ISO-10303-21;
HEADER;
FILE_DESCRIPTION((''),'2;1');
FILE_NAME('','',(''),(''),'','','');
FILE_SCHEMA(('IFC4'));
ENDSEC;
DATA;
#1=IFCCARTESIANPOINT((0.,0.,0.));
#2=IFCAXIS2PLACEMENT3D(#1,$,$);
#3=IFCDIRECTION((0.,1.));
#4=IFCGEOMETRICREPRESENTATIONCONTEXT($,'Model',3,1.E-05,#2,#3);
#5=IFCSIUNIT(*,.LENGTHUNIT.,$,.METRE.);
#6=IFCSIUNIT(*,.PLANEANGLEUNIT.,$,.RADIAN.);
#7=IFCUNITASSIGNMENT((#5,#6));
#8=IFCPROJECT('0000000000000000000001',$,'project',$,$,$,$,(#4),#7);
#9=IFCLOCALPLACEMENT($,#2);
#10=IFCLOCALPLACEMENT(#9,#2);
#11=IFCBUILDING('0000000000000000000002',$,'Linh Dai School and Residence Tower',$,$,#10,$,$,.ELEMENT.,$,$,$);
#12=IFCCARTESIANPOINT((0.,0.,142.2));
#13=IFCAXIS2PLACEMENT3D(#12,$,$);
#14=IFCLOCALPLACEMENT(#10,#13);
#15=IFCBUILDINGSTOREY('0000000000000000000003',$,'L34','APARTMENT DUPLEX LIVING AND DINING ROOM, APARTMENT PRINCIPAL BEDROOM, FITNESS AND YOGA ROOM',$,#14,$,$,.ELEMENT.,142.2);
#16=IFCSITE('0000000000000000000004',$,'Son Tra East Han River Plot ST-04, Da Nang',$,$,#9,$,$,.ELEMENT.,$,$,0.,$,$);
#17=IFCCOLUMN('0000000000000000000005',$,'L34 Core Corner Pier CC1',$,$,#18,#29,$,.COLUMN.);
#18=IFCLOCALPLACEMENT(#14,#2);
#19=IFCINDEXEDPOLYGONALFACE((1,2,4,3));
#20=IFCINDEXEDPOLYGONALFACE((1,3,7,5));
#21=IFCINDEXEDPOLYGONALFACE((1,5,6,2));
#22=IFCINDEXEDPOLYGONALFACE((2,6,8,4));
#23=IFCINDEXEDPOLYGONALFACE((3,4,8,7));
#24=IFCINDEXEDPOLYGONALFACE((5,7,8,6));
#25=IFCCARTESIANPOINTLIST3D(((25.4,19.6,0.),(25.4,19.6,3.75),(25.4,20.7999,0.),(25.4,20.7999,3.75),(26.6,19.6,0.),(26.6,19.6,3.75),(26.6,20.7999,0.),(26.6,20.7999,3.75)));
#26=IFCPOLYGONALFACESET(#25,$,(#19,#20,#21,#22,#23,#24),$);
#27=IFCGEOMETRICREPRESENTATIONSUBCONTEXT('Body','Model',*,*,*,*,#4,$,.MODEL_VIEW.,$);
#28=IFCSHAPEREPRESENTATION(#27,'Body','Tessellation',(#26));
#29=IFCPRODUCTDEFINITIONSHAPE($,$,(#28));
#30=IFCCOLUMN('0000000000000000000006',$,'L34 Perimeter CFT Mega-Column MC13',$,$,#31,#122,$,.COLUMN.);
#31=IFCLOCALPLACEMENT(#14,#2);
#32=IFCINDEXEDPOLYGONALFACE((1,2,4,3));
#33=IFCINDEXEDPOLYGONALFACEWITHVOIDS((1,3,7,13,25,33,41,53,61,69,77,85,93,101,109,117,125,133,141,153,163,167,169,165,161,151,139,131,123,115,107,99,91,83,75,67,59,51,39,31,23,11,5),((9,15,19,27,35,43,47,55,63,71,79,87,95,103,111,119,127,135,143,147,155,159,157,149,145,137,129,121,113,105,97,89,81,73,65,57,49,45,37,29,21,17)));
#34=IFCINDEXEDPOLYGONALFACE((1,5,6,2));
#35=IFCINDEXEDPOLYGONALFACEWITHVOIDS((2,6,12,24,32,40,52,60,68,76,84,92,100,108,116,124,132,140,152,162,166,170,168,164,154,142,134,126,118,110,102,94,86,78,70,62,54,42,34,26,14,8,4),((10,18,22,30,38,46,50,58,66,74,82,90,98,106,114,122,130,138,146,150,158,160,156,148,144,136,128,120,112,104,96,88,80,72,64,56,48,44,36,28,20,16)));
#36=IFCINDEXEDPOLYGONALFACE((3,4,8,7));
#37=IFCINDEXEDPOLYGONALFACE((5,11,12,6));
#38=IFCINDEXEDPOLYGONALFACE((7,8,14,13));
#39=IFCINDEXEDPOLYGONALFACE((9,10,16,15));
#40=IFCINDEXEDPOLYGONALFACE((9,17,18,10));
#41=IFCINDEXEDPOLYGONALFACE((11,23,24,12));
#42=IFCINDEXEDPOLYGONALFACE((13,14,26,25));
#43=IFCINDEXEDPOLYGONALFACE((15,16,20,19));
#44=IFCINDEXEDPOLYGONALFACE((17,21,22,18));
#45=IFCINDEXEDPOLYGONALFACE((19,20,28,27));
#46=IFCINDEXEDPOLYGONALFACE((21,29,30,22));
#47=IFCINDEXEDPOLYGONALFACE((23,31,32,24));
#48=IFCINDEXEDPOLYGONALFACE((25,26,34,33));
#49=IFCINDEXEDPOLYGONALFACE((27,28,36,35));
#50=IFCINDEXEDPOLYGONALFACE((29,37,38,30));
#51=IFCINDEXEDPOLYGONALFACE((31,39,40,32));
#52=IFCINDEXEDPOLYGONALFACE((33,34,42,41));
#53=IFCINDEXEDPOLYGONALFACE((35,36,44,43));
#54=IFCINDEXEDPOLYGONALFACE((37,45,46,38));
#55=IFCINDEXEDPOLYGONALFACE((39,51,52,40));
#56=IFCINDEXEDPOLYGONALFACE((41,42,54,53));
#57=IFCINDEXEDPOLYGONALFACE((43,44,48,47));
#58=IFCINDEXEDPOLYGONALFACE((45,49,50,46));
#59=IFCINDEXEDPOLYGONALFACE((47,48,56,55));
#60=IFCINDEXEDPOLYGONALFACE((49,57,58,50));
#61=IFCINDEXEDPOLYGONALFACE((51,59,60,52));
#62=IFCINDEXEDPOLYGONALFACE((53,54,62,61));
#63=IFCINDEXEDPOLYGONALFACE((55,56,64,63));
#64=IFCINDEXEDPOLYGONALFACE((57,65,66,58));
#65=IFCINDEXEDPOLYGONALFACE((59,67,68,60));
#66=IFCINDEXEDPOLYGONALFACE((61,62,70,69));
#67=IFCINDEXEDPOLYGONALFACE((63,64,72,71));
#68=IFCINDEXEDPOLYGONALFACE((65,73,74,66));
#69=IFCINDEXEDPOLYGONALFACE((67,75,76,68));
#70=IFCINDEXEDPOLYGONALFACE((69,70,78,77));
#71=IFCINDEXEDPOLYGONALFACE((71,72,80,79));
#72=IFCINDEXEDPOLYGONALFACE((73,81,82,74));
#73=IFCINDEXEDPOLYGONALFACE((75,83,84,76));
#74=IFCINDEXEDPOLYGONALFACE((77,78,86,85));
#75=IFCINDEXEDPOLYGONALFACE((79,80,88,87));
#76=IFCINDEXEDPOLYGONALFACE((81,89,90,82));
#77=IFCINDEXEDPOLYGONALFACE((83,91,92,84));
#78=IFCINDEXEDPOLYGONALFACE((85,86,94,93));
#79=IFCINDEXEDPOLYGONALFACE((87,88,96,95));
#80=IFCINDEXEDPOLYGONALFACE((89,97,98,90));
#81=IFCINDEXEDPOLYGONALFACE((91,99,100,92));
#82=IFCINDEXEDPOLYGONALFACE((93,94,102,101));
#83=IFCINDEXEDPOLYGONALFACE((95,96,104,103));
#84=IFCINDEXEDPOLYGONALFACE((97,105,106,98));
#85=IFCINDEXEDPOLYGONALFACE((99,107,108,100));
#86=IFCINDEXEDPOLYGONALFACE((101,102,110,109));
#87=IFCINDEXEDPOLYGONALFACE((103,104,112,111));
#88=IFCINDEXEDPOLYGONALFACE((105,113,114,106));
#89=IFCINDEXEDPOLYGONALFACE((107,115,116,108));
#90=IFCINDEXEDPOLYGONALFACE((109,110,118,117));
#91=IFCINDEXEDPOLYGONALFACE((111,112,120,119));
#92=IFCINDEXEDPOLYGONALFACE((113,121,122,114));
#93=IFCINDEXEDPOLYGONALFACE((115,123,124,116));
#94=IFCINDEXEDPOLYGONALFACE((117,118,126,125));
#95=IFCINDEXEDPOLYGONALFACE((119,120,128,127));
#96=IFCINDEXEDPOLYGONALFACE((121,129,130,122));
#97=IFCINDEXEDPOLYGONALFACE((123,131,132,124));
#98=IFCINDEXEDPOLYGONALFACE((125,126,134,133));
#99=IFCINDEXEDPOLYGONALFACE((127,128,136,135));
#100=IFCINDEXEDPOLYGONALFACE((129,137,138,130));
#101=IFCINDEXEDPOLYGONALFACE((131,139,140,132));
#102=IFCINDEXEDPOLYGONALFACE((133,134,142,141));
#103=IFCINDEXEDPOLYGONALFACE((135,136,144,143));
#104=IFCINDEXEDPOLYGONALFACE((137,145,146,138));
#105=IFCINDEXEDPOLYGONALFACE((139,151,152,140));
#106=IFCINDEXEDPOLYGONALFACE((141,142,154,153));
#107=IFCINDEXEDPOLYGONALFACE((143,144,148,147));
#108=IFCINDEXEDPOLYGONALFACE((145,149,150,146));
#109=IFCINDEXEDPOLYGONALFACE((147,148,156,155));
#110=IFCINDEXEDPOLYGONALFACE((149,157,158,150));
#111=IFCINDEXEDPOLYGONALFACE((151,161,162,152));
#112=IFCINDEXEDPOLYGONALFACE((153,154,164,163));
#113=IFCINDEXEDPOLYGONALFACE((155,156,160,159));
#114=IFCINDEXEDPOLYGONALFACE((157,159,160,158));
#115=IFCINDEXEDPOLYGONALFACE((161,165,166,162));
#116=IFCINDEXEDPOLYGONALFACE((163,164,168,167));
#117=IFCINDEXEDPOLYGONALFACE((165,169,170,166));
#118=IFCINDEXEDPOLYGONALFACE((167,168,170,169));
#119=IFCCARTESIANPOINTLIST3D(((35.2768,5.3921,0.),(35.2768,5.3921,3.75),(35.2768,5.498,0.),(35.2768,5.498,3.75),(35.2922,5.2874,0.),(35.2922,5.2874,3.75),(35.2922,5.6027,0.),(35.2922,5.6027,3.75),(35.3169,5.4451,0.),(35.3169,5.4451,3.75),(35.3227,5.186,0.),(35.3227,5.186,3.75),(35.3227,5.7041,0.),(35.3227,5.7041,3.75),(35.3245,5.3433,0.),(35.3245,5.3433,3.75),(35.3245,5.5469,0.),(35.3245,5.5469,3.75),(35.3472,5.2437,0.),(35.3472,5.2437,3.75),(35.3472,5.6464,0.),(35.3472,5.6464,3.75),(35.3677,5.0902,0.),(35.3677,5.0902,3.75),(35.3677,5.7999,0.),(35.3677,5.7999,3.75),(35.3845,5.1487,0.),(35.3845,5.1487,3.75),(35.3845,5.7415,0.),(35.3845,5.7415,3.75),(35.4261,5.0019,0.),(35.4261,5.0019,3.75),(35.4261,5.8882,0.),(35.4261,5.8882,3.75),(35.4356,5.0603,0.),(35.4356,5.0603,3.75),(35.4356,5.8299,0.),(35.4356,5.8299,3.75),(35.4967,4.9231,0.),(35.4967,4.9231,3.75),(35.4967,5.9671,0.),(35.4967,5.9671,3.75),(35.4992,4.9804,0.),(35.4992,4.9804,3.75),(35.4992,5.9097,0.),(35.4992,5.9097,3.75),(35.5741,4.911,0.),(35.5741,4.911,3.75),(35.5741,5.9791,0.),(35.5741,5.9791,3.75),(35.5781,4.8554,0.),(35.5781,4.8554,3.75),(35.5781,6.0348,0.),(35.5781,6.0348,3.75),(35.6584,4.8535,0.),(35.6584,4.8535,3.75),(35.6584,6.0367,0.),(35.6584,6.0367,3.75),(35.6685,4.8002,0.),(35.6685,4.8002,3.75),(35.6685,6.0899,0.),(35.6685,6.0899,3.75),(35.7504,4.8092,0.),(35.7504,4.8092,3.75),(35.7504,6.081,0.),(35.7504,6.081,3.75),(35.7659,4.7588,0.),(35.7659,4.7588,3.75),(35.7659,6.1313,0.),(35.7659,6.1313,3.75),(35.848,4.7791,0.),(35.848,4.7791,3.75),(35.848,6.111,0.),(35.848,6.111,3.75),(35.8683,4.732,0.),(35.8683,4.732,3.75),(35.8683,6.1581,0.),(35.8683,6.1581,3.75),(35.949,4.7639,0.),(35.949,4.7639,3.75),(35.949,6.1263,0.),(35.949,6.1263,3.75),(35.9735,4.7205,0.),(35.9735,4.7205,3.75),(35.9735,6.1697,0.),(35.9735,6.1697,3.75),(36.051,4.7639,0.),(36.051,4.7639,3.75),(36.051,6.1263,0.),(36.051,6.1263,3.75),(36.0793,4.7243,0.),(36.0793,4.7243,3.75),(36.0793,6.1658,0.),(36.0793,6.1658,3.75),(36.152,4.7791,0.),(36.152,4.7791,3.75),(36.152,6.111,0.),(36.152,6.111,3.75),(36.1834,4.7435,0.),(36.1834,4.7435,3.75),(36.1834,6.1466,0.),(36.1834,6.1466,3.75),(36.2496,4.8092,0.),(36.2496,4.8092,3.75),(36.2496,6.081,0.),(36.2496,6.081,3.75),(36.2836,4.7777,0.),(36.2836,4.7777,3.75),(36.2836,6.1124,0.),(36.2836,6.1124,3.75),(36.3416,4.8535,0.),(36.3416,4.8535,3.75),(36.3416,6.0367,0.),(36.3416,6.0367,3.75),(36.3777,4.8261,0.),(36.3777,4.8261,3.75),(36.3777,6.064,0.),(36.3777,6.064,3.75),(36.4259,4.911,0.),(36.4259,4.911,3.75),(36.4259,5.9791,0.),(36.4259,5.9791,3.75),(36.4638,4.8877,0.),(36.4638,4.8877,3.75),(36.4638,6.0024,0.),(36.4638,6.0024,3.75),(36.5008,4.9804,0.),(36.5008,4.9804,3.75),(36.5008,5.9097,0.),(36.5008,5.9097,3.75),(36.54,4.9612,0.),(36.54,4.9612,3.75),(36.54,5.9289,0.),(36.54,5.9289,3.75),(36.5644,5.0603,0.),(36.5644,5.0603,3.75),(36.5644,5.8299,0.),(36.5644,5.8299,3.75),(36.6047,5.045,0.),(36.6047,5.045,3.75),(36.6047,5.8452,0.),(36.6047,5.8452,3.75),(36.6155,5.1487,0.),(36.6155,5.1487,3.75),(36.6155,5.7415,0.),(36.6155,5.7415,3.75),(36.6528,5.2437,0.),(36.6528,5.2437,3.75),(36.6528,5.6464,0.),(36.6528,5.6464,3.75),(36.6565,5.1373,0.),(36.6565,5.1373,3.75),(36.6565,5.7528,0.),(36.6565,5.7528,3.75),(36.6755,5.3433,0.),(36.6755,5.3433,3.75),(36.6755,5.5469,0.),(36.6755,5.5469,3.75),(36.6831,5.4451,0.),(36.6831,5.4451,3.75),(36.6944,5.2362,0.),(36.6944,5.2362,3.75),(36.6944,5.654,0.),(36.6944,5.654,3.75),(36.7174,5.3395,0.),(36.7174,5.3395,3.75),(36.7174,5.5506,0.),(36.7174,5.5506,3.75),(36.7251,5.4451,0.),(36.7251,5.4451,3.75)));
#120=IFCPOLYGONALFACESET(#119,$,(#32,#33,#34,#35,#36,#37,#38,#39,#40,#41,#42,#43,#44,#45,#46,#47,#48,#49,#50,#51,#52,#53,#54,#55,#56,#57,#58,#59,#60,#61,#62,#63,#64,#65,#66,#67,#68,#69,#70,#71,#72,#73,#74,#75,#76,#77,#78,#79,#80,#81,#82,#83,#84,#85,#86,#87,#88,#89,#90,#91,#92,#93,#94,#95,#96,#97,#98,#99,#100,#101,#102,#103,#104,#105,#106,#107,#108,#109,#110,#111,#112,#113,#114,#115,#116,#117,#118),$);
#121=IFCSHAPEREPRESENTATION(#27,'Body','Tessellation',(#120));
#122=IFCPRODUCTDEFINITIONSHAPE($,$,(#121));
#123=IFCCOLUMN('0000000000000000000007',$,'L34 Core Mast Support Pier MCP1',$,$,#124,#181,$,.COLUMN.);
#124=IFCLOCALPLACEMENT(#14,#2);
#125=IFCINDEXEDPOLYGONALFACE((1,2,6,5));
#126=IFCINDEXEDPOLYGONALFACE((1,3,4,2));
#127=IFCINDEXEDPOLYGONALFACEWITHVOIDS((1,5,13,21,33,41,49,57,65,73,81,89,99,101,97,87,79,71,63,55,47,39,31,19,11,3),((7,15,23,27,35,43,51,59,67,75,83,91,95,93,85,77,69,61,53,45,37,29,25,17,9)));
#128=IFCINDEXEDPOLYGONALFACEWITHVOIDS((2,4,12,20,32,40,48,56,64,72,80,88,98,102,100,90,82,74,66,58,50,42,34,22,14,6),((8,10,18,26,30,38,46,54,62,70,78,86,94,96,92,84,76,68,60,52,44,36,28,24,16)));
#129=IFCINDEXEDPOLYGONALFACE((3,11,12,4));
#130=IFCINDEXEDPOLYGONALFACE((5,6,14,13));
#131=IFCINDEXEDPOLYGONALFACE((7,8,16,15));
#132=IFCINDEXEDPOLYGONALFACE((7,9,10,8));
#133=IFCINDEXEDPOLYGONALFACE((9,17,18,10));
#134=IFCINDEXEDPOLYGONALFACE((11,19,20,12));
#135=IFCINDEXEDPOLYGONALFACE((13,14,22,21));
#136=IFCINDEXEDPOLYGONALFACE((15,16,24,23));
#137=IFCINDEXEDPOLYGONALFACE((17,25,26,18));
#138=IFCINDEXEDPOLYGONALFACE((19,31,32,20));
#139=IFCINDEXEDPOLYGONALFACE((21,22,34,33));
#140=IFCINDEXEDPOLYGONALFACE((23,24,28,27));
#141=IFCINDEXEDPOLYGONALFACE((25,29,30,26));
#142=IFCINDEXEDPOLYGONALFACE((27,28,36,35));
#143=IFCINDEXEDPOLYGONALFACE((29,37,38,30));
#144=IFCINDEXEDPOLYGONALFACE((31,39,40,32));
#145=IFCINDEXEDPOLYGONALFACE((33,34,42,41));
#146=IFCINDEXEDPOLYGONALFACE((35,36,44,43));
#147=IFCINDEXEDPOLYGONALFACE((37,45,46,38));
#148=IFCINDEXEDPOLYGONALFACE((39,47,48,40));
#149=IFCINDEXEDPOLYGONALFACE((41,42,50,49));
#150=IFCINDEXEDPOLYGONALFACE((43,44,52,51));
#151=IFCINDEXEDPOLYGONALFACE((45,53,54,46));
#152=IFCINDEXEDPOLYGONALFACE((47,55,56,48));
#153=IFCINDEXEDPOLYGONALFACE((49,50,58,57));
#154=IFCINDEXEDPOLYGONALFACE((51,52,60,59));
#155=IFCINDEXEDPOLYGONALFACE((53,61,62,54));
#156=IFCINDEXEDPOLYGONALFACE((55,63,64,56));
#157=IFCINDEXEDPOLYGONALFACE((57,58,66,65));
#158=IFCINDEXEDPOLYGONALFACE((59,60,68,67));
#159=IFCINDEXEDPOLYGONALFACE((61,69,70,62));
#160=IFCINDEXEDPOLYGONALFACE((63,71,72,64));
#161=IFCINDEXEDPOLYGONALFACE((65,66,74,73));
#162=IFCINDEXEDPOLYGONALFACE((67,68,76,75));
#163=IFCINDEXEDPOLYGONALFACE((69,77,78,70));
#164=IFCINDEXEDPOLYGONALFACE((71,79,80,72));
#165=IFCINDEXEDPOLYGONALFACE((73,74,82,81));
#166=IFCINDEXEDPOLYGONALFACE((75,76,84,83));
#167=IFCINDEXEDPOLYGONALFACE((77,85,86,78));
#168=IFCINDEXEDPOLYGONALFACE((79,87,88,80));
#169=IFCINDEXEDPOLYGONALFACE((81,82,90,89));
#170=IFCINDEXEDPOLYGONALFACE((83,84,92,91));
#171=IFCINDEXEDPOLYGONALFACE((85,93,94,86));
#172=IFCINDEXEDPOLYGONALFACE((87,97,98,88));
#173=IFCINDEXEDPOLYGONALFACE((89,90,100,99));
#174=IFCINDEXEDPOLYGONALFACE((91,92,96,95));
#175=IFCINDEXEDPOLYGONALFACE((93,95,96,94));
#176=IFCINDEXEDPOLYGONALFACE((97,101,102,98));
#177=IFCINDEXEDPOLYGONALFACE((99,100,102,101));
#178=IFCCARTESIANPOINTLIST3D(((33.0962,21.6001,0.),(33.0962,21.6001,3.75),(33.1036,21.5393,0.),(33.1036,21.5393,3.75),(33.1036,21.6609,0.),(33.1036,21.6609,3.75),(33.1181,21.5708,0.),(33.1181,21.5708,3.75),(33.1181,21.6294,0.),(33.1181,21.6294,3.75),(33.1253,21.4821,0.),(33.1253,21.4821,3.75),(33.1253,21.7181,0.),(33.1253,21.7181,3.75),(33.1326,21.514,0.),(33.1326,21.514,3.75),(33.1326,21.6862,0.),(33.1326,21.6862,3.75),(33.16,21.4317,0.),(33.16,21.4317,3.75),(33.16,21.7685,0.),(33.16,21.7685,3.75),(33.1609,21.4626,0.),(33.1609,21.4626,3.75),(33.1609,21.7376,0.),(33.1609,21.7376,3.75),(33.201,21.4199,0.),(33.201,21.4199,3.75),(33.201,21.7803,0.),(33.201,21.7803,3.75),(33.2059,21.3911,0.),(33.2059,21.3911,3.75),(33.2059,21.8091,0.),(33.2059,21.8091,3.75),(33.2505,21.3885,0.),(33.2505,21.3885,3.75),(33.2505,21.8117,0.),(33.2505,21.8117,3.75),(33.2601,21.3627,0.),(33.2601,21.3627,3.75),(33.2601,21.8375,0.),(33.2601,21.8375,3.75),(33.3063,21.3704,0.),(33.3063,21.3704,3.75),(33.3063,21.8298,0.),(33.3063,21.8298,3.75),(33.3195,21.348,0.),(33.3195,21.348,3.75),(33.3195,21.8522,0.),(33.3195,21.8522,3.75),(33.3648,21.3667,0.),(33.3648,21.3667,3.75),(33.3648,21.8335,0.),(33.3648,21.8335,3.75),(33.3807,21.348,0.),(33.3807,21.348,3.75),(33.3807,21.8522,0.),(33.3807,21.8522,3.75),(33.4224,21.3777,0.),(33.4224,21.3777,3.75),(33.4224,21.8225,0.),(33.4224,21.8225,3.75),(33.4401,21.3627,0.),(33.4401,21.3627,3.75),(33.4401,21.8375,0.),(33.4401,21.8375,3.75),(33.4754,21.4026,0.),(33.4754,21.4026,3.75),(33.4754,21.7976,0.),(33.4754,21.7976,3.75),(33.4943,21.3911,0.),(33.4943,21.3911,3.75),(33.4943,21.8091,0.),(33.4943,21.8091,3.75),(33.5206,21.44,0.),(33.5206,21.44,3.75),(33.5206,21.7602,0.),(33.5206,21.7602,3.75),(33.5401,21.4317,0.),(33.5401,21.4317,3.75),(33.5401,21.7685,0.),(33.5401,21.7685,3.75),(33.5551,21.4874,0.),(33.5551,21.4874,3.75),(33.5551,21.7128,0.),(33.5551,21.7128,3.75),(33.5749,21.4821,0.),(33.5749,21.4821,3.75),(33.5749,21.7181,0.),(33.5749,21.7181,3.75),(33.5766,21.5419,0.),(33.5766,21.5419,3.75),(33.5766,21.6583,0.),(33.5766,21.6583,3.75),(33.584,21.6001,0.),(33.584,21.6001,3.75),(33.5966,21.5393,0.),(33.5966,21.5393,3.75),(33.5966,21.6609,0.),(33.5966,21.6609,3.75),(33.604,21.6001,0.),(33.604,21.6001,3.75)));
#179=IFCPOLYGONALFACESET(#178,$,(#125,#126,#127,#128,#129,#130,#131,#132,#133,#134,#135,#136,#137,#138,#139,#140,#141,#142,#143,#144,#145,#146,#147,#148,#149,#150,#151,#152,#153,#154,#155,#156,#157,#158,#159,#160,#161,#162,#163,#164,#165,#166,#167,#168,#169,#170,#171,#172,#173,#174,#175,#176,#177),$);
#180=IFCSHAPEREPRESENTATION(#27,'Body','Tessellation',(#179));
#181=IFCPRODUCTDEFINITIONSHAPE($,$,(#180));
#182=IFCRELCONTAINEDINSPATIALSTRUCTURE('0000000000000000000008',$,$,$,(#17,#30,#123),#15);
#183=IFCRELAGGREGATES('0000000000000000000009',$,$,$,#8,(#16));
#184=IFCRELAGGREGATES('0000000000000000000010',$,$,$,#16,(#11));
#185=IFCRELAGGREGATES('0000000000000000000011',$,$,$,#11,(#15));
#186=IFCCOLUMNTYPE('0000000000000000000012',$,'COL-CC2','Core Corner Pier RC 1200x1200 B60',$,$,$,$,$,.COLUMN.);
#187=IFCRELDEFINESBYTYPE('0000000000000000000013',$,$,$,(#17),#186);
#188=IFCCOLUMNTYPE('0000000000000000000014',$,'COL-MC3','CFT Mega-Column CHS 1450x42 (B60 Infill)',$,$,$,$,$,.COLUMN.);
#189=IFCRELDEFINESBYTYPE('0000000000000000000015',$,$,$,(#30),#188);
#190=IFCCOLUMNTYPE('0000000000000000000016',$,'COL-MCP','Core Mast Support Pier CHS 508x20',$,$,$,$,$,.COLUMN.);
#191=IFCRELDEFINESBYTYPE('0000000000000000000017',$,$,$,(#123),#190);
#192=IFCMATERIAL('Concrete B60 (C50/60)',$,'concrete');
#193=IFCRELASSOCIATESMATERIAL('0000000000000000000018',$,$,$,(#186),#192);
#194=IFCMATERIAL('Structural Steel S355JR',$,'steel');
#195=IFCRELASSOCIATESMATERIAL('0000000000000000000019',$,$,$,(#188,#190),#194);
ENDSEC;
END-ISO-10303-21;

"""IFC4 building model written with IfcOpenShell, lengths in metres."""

from ifc_helpers import new_model, si_unit, direction, frame, origin, origin_2d, place, context, subcontext, project, spatial, rectangle, hollow_circle, extrude, material, material_profile, profile_set, type_object, element, save


model = new_model("IFC4")

# Units and contexts
model_context = context("Model", 3, precision=1e-05, world=origin(), true_north=direction((0.0, 1.0)))
body_context = subcontext(model_context, "Body", "Model", "MODEL_VIEW")
ifc_project = project(units=[si_unit("LENGTHUNIT", "METRE"), si_unit("PLANEANGLEUNIT", "RADIAN")], contexts=[model_context])

# Site, building, storey
site_placement = place(None, origin())
site = spatial("IfcSite", under=ifc_project, at=site_placement, Name="Son Tra East Han River Plot ST-04, Da Nang", CompositionType="ELEMENT", RefElevation=0.0)
building_placement = place(site_placement, origin())
building = spatial("IfcBuilding", under=site, at=building_placement, Name="Linh Dai School and Residence Tower", CompositionType="ELEMENT")
storey_placement = place(building_placement, frame((0.0, 0.0, 142.2)))
storey = spatial("IfcBuildingStorey", under=building, at=storey_placement, Name="L34", Description="APARTMENT DUPLEX LIVING AND DINING ROOM, APARTMENT PRINCIPAL BEDROOM, FITNESS AND YOGA ROOM", CompositionType="ELEMENT", Elevation=142.2)

# Columns
ifc_material_1 = material(Name="Concrete B60 (C50/60)", Category="concrete")
ifc_material_profile_1 = material_profile(ifc_material_1, rectangle(XDim=1.2, YDim=1.2, at=origin_2d()), Name="RC 1200x1200")
ifc_profile_set_1 = profile_set([ifc_material_profile_1], Name="Concrete B60 (C50/60)")
column_type_1 = type_object("IfcColumnType", Name="COL-CC2", Description="Core Corner Pier RC 1200x1200 B60", PredefinedType="COLUMN", material=ifc_profile_set_1)
column_1_placement = place(storey_placement, frame((26.0, 20.2, 0.0), z_axis=(0.0, 0.0, 1.0), x_axis=(1.0, 0.0, 0.0)))
element("IfcColumn", 1, at=column_1_placement, inside=storey, type_object=column_type_1, Name="L34 Core Corner Pier CC1", PredefinedType="COLUMN", context=body_context, shape_type="SweptSolid", body=[
    extrude(rectangle(XDim=1.2, YDim=1.2, at=origin_2d()), origin(), (0.0, 0.0, 1.0), 3.75),
])
ifc_material_2 = material(Name="Structural Steel S355JR", Category="steel")
ifc_material_profile_2 = material_profile(ifc_material_2, hollow_circle(Radius=0.7251, WallThickness=0.042, at=origin_2d()), Name="CHS 1450x42")
ifc_profile_set_2 = profile_set([ifc_material_profile_2], Name="Structural Steel S355JR")
column_type_2 = type_object("IfcColumnType", Name="COL-MC3", Description="CFT Mega-Column CHS 1450x42 (B60 Infill)", PredefinedType="COLUMN", material=ifc_profile_set_2)
column_2_placement = place(storey_placement, frame((36.0, 5.4451, 0.0), z_axis=(0.0, 0.0, 1.0), x_axis=(1.0, 0.0, 0.0)))
element("IfcColumn", 2, at=column_2_placement, inside=storey, type_object=column_type_2, Name="L34 Perimeter CFT Mega-Column MC13", PredefinedType="COLUMN", context=body_context, shape_type="SweptSolid", body=[
    extrude(hollow_circle(Radius=0.7251, WallThickness=0.042, at=origin_2d()), origin(), (0.0, 0.0, 1.0), 3.75),
])
ifc_material_profile_3 = material_profile(ifc_material_2, hollow_circle(Radius=0.2539, WallThickness=0.02, at=origin_2d()), Name="CHS 508x20")
ifc_profile_set_3 = profile_set([ifc_material_profile_3], Name="Structural Steel S355JR")
column_type_3 = type_object("IfcColumnType", Name="COL-MCP", Description="Core Mast Support Pier CHS 508x20", PredefinedType="COLUMN", material=ifc_profile_set_3)
column_3_placement = place(storey_placement, frame((33.3501, 21.6001, 0.0), z_axis=(0.0, 0.0, 1.0), x_axis=(1.0, 0.0, 0.0)))
element("IfcColumn", 3, at=column_3_placement, inside=storey, type_object=column_type_3, Name="L34 Core Mast Support Pier MCP1", PredefinedType="COLUMN", context=body_context, shape_type="SweptSolid", body=[
    extrude(hollow_circle(Radius=0.2539, WallThickness=0.02, at=origin_2d()), origin(), (0.0, 0.0, 1.0), 3.75),
])

save(model, "model.ifc")
